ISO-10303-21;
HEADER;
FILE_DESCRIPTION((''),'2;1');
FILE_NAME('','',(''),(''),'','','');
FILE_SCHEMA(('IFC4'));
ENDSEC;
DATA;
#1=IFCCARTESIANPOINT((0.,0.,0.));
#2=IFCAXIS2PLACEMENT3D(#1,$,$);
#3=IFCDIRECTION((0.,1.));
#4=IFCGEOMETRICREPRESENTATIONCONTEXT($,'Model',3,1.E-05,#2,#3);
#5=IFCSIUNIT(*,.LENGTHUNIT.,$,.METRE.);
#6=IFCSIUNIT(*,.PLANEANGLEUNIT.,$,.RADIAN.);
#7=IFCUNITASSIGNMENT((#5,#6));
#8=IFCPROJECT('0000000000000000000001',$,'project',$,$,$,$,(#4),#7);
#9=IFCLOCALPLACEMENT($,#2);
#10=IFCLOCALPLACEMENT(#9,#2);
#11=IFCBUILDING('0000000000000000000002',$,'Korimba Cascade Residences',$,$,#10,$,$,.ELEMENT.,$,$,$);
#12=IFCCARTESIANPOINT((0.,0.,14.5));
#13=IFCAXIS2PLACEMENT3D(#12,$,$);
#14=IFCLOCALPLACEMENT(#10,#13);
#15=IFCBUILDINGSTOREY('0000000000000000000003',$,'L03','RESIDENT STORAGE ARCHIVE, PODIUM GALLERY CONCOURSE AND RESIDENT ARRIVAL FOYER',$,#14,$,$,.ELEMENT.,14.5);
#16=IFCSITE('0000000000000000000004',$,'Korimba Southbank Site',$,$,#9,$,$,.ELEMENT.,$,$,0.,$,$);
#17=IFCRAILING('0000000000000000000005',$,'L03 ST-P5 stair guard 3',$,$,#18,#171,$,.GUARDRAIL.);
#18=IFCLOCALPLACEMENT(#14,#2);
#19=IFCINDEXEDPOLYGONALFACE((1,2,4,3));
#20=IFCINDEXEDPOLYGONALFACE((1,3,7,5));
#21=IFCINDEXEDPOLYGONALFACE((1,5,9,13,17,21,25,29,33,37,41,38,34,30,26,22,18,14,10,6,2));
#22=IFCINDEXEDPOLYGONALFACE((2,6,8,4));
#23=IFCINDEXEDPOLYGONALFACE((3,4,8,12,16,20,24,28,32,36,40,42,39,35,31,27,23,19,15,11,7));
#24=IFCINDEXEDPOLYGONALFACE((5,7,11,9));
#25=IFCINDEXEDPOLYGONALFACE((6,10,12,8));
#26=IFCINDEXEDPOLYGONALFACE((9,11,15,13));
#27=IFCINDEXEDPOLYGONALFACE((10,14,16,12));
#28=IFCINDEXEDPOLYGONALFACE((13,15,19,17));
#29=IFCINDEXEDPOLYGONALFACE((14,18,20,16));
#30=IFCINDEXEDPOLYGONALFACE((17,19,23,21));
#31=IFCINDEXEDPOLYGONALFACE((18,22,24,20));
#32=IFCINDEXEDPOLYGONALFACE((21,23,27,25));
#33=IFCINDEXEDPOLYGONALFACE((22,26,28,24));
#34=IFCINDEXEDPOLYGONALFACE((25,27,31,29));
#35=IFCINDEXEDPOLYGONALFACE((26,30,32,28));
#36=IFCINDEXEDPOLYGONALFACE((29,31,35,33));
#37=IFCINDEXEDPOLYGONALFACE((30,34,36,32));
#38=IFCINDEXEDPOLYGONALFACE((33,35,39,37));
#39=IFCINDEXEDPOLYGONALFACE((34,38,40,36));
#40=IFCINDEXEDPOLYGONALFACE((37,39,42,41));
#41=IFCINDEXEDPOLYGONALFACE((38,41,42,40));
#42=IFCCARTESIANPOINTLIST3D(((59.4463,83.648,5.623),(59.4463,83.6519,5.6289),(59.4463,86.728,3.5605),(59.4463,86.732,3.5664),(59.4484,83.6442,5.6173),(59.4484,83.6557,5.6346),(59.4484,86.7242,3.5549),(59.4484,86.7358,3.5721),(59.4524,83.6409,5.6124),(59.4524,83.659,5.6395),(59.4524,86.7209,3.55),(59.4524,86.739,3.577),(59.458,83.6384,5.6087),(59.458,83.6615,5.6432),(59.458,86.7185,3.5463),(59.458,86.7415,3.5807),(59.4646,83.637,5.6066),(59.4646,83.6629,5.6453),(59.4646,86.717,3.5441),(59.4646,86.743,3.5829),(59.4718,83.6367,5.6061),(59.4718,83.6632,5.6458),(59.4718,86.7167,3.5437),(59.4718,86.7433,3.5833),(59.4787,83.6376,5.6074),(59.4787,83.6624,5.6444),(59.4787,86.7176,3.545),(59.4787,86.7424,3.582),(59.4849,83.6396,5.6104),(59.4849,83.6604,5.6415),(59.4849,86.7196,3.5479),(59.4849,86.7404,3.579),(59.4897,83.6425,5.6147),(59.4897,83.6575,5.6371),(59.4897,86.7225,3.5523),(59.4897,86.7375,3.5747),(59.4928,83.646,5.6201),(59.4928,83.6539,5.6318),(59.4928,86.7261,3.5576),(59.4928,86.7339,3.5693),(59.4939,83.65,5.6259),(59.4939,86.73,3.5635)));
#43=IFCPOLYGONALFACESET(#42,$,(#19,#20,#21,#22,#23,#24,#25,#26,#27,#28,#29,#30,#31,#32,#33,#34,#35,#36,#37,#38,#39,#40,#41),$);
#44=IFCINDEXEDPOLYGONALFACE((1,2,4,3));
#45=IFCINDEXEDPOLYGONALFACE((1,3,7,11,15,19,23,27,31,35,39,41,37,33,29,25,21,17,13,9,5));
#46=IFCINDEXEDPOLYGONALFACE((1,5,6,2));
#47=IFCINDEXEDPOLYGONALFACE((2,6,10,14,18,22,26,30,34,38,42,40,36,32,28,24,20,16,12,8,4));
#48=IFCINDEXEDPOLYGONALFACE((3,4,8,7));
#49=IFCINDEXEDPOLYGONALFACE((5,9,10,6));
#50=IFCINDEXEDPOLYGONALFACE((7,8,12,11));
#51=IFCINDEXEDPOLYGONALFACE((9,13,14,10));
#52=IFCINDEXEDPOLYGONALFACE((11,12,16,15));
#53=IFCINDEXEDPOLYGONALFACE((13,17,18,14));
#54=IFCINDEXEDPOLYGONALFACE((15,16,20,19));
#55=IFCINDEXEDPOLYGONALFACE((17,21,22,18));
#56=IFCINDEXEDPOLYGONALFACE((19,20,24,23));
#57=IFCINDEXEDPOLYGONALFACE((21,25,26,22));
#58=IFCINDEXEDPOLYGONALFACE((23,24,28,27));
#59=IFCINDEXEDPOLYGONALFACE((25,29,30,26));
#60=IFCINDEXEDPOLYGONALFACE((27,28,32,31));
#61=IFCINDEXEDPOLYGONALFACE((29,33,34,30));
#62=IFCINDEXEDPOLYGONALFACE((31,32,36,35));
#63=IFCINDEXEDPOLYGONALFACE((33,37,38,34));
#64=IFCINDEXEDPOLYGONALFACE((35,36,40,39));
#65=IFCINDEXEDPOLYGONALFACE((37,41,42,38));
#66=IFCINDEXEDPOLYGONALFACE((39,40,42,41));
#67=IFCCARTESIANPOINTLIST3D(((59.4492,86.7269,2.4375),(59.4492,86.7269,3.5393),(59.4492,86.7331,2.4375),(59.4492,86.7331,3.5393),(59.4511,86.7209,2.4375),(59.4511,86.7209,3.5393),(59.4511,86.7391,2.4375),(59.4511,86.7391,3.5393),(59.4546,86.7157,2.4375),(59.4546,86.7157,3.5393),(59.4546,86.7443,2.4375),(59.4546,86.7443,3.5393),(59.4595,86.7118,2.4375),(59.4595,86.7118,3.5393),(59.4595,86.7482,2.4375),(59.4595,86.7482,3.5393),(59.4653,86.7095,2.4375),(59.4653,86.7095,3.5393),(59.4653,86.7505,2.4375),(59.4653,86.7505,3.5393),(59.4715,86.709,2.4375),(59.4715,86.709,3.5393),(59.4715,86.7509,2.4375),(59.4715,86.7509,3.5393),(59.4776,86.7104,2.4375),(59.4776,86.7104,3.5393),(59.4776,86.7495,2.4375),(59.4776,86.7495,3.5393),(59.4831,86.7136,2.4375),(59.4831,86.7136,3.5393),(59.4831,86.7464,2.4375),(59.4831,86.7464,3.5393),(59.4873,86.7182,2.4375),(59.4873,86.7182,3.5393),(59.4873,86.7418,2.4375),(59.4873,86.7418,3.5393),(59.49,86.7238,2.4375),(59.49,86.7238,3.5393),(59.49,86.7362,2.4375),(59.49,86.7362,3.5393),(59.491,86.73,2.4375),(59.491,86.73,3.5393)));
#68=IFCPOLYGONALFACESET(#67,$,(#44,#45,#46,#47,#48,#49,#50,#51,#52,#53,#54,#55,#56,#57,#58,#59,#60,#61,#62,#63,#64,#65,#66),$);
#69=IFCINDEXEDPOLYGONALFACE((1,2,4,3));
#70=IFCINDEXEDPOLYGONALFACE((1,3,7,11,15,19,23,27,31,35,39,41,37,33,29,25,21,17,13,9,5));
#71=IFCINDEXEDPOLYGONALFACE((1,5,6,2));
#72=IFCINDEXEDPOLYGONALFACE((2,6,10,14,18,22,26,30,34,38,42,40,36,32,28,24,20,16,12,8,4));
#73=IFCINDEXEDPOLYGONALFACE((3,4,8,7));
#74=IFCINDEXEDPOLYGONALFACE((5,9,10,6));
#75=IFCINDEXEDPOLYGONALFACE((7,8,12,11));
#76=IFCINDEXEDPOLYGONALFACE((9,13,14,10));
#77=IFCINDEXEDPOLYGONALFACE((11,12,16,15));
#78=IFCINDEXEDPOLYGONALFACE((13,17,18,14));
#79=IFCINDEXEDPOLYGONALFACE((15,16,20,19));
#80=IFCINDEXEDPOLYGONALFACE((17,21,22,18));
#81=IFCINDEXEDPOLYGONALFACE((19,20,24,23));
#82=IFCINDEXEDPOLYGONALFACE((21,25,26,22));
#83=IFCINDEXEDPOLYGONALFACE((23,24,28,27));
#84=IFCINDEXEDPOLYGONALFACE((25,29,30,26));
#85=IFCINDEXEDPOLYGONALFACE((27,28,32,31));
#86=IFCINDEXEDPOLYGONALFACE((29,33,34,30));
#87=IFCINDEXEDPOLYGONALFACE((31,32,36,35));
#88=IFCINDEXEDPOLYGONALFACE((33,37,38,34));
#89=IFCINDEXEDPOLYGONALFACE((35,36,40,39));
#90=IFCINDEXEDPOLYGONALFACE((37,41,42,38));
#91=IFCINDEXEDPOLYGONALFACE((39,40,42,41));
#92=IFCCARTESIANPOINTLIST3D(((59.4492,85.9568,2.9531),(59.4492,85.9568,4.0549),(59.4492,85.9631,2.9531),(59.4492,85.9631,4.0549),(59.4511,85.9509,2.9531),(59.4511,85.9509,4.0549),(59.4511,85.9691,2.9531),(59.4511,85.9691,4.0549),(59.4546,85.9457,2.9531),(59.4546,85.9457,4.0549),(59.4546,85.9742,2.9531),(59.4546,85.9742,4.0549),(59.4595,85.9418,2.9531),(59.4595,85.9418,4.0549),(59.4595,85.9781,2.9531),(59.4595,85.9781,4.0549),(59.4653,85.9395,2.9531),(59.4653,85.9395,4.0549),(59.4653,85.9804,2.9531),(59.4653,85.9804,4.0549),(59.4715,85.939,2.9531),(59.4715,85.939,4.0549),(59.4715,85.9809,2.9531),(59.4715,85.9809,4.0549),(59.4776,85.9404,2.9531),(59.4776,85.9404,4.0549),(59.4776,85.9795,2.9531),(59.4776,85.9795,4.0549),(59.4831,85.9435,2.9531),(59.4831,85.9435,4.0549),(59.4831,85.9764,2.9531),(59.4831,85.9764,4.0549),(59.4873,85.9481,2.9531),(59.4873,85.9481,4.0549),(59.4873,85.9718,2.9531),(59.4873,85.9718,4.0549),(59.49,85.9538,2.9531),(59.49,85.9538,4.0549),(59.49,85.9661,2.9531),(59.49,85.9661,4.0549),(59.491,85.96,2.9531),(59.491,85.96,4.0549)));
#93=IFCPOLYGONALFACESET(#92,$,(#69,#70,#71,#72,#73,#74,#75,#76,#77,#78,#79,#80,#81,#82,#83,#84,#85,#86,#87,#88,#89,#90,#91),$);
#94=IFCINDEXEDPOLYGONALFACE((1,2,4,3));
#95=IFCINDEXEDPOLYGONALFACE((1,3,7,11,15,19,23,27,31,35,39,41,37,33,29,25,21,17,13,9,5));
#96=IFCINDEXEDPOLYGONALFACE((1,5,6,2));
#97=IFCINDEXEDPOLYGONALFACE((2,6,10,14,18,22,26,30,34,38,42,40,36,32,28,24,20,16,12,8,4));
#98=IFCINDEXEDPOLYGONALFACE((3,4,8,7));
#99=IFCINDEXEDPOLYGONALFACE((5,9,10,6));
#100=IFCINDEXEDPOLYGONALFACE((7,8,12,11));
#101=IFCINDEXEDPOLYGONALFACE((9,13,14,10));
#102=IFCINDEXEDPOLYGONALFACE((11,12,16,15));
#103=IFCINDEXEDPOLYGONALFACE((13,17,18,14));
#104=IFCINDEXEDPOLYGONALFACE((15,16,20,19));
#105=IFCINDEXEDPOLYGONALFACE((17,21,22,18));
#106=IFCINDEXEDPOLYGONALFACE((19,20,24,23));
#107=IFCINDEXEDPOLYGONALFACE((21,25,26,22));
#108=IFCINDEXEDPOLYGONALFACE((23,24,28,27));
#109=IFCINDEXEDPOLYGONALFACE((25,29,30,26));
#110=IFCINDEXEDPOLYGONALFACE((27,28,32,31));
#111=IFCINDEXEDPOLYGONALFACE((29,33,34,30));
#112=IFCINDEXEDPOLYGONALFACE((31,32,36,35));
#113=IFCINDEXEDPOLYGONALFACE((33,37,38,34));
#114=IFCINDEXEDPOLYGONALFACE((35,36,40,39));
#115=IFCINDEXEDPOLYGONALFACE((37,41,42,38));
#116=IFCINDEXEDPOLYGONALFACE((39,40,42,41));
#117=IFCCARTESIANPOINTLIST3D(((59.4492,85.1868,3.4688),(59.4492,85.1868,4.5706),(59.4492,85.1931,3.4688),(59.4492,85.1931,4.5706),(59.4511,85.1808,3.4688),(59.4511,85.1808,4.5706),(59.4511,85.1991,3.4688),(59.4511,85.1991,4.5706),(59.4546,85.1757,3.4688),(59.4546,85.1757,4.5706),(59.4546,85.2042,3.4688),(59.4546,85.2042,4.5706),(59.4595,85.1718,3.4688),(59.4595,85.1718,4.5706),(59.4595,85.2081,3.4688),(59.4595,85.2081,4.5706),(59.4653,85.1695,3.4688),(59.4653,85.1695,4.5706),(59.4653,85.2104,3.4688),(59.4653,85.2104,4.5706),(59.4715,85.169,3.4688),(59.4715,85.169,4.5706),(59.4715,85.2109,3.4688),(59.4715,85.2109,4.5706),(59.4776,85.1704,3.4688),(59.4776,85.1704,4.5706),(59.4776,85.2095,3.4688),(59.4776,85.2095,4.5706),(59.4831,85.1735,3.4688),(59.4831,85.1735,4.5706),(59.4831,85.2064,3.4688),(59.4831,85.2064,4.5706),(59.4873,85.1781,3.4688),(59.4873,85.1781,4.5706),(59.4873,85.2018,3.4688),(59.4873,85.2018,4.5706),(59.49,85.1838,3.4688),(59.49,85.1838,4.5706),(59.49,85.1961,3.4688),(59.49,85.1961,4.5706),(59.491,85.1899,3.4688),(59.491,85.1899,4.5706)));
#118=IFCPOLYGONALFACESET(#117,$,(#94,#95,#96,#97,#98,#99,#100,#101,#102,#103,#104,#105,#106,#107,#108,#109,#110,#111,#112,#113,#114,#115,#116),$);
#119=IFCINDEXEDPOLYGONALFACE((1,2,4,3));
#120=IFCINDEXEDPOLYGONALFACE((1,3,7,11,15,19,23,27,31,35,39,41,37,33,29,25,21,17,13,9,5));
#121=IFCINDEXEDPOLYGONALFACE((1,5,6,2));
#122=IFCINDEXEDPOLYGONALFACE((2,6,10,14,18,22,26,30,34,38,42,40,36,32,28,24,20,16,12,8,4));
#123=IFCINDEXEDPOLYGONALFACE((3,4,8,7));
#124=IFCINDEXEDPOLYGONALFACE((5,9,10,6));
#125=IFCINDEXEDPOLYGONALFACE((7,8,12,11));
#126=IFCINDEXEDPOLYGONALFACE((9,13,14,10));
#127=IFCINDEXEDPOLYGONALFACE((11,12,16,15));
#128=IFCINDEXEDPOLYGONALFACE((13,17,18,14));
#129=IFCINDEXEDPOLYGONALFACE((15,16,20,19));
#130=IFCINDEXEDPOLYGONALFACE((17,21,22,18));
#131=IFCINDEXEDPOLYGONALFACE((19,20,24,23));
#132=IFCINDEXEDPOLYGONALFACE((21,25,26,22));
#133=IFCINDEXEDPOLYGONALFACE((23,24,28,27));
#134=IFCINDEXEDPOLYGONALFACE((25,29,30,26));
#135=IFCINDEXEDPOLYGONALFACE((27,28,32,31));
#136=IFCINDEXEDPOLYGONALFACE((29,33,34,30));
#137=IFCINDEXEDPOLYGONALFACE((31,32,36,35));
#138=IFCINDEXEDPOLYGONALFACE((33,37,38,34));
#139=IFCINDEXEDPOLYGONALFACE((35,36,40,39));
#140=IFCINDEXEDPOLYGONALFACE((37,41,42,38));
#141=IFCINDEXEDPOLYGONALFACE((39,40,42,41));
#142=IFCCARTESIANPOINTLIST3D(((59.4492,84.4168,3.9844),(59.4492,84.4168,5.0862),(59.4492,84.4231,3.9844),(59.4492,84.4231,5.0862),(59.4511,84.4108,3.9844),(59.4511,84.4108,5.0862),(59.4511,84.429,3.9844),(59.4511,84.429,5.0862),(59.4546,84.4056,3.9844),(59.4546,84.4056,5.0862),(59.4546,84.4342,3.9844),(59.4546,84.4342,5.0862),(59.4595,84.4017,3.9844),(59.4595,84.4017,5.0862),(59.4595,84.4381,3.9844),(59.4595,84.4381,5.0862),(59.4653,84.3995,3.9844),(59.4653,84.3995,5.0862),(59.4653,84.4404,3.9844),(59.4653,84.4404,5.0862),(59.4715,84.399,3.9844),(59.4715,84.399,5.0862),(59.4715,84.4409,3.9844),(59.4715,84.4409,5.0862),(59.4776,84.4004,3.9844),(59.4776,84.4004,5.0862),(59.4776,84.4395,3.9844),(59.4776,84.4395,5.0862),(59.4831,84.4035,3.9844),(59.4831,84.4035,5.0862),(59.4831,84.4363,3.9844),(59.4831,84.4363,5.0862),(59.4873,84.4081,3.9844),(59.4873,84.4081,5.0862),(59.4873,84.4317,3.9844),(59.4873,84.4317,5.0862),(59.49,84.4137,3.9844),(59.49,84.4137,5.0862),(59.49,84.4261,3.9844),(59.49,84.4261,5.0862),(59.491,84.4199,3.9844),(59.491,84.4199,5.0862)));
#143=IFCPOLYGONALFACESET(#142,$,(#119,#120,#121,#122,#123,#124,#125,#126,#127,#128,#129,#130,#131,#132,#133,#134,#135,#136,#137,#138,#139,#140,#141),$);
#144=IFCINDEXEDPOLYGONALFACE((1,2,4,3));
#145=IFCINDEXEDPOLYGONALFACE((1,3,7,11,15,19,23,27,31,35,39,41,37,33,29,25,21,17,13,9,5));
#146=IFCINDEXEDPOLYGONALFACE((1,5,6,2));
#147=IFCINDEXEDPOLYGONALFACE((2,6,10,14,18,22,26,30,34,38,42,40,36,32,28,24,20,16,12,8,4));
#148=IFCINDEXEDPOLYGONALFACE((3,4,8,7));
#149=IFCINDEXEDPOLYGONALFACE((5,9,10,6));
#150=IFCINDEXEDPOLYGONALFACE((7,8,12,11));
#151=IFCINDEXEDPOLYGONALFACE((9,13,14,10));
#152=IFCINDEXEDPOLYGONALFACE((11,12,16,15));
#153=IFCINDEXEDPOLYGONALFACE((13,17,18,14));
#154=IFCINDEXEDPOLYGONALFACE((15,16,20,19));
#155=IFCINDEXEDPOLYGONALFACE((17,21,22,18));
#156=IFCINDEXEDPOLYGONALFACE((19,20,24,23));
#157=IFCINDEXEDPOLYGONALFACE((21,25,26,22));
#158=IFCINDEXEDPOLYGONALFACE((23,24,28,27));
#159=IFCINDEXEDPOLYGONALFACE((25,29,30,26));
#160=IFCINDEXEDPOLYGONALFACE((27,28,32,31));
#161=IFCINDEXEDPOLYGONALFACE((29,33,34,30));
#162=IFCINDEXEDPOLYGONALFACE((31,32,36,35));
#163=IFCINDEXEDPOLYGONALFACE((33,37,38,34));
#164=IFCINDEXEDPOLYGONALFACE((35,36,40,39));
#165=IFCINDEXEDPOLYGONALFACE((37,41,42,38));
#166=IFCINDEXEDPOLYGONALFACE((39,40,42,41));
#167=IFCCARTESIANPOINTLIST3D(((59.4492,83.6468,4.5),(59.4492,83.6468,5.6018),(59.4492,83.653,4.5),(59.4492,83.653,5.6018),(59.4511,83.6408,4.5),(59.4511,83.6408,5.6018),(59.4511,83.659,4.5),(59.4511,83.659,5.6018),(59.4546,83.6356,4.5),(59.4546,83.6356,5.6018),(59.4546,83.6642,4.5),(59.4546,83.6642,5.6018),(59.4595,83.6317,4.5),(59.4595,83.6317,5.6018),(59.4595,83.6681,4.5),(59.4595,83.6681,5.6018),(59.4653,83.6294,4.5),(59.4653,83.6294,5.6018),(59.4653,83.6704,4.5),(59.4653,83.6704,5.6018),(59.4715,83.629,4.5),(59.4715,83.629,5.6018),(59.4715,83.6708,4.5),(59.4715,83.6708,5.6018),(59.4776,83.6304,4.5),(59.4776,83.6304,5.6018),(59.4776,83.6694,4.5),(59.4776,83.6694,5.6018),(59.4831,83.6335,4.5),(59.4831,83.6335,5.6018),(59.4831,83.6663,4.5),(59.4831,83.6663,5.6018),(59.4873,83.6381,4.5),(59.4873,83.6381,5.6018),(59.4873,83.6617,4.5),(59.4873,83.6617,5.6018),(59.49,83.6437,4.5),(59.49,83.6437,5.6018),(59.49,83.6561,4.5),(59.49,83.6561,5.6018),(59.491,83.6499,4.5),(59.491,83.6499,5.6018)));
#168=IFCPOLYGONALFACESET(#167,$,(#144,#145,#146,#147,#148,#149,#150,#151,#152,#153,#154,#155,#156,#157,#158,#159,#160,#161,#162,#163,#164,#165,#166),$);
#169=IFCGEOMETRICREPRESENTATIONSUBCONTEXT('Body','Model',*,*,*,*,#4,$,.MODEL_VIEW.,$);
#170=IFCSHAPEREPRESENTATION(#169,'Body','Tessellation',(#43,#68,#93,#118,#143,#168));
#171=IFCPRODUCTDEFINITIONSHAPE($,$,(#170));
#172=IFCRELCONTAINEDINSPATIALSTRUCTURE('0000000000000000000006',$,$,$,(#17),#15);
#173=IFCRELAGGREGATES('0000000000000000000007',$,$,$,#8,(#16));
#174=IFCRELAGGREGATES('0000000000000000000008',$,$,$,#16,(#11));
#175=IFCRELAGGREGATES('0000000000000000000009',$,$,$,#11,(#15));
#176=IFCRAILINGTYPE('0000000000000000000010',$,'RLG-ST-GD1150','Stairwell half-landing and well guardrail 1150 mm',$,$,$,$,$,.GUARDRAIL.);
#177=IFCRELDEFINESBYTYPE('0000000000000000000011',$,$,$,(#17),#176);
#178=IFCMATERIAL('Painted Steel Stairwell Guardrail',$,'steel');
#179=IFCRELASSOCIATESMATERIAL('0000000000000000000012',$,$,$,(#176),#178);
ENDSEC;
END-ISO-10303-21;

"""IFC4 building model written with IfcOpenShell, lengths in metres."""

from ifc_helpers import new_model, si_unit, direction, frame, origin, origin_2d, place, context, subcontext, project, spatial, circle, extrude, material, type_object, element, save


model = new_model("IFC4")

# Units and contexts
model_context = context("Model", 3, precision=1e-05, world=origin(), true_north=direction((0.0, 1.0)))
body_context = subcontext(model_context, "Body", "Model", "MODEL_VIEW")
ifc_project = project(units=[si_unit("LENGTHUNIT", "METRE"), si_unit("PLANEANGLEUNIT", "RADIAN")], contexts=[model_context])

# Site, building, storey
site_placement = place(None, origin())
site = spatial("IfcSite", under=ifc_project, at=site_placement, Name="Korimba Southbank Site", CompositionType="ELEMENT", RefElevation=0.0)
building_placement = place(site_placement, origin())
building = spatial("IfcBuilding", under=site, at=building_placement, Name="Korimba Cascade Residences", CompositionType="ELEMENT")
storey_placement = place(building_placement, frame((0.0, 0.0, 14.5)))
storey = spatial("IfcBuildingStorey", under=building, at=storey_placement, Name="L03", Description="RESIDENT STORAGE ARCHIVE, PODIUM GALLERY CONCOURSE AND RESIDENT ARRIVAL FOYER", CompositionType="ELEMENT", Elevation=14.5)

# Railing
ifc_material_1 = material(Name="Painted Steel Stairwell Guardrail", Category="steel")
railing_type_1 = type_object("IfcRailingType", Name="RLG-ST-GD1150", Description="Stairwell half-landing and well guardrail 1150 mm", PredefinedType="GUARDRAIL", material=ifc_material_1)
railing_1_placement = place(storey_placement, frame((59.47, 86.73, 2.4375)))
element("IfcRailing", 1, at=railing_1_placement, inside=storey, type_object=railing_type_1, Name="L03 ST-P5 stair guard 3", PredefinedType="GUARDRAIL", context=body_context, shape_type="SweptSolid", body=[
    extrude(circle(Radius=0.0239, at=origin_2d()), frame((0.0, 0.0, 1.126), z_axis=(0.0, -0.830914, 0.556401), x_axis=(1.0, 0.0, 0.0)), (0.0, 0.0, 1.0), 3.7068),
    extrude(circle(Radius=0.021, at=origin_2d()), origin(), (0.0, 0.0, 1.0), 1.1018),
    extrude(circle(Radius=0.021, at=origin_2d()), frame((0.0, -0.77, 0.5156)), (0.0, 0.0, 1.0), 1.1018),
    extrude(circle(Radius=0.021, at=origin_2d()), frame((0.0, -1.54, 1.0312)), (0.0, 0.0, 1.0), 1.1018),
    extrude(circle(Radius=0.021, at=origin_2d()), frame((0.0, -2.3101, 1.5469)), (0.0, 0.0, 1.0), 1.1018),
    extrude(circle(Radius=0.021, at=origin_2d()), frame((0.0, -3.0801, 2.0625)), (0.0, 0.0, 1.0), 1.1018),
])

save(model, "model.ifc")
